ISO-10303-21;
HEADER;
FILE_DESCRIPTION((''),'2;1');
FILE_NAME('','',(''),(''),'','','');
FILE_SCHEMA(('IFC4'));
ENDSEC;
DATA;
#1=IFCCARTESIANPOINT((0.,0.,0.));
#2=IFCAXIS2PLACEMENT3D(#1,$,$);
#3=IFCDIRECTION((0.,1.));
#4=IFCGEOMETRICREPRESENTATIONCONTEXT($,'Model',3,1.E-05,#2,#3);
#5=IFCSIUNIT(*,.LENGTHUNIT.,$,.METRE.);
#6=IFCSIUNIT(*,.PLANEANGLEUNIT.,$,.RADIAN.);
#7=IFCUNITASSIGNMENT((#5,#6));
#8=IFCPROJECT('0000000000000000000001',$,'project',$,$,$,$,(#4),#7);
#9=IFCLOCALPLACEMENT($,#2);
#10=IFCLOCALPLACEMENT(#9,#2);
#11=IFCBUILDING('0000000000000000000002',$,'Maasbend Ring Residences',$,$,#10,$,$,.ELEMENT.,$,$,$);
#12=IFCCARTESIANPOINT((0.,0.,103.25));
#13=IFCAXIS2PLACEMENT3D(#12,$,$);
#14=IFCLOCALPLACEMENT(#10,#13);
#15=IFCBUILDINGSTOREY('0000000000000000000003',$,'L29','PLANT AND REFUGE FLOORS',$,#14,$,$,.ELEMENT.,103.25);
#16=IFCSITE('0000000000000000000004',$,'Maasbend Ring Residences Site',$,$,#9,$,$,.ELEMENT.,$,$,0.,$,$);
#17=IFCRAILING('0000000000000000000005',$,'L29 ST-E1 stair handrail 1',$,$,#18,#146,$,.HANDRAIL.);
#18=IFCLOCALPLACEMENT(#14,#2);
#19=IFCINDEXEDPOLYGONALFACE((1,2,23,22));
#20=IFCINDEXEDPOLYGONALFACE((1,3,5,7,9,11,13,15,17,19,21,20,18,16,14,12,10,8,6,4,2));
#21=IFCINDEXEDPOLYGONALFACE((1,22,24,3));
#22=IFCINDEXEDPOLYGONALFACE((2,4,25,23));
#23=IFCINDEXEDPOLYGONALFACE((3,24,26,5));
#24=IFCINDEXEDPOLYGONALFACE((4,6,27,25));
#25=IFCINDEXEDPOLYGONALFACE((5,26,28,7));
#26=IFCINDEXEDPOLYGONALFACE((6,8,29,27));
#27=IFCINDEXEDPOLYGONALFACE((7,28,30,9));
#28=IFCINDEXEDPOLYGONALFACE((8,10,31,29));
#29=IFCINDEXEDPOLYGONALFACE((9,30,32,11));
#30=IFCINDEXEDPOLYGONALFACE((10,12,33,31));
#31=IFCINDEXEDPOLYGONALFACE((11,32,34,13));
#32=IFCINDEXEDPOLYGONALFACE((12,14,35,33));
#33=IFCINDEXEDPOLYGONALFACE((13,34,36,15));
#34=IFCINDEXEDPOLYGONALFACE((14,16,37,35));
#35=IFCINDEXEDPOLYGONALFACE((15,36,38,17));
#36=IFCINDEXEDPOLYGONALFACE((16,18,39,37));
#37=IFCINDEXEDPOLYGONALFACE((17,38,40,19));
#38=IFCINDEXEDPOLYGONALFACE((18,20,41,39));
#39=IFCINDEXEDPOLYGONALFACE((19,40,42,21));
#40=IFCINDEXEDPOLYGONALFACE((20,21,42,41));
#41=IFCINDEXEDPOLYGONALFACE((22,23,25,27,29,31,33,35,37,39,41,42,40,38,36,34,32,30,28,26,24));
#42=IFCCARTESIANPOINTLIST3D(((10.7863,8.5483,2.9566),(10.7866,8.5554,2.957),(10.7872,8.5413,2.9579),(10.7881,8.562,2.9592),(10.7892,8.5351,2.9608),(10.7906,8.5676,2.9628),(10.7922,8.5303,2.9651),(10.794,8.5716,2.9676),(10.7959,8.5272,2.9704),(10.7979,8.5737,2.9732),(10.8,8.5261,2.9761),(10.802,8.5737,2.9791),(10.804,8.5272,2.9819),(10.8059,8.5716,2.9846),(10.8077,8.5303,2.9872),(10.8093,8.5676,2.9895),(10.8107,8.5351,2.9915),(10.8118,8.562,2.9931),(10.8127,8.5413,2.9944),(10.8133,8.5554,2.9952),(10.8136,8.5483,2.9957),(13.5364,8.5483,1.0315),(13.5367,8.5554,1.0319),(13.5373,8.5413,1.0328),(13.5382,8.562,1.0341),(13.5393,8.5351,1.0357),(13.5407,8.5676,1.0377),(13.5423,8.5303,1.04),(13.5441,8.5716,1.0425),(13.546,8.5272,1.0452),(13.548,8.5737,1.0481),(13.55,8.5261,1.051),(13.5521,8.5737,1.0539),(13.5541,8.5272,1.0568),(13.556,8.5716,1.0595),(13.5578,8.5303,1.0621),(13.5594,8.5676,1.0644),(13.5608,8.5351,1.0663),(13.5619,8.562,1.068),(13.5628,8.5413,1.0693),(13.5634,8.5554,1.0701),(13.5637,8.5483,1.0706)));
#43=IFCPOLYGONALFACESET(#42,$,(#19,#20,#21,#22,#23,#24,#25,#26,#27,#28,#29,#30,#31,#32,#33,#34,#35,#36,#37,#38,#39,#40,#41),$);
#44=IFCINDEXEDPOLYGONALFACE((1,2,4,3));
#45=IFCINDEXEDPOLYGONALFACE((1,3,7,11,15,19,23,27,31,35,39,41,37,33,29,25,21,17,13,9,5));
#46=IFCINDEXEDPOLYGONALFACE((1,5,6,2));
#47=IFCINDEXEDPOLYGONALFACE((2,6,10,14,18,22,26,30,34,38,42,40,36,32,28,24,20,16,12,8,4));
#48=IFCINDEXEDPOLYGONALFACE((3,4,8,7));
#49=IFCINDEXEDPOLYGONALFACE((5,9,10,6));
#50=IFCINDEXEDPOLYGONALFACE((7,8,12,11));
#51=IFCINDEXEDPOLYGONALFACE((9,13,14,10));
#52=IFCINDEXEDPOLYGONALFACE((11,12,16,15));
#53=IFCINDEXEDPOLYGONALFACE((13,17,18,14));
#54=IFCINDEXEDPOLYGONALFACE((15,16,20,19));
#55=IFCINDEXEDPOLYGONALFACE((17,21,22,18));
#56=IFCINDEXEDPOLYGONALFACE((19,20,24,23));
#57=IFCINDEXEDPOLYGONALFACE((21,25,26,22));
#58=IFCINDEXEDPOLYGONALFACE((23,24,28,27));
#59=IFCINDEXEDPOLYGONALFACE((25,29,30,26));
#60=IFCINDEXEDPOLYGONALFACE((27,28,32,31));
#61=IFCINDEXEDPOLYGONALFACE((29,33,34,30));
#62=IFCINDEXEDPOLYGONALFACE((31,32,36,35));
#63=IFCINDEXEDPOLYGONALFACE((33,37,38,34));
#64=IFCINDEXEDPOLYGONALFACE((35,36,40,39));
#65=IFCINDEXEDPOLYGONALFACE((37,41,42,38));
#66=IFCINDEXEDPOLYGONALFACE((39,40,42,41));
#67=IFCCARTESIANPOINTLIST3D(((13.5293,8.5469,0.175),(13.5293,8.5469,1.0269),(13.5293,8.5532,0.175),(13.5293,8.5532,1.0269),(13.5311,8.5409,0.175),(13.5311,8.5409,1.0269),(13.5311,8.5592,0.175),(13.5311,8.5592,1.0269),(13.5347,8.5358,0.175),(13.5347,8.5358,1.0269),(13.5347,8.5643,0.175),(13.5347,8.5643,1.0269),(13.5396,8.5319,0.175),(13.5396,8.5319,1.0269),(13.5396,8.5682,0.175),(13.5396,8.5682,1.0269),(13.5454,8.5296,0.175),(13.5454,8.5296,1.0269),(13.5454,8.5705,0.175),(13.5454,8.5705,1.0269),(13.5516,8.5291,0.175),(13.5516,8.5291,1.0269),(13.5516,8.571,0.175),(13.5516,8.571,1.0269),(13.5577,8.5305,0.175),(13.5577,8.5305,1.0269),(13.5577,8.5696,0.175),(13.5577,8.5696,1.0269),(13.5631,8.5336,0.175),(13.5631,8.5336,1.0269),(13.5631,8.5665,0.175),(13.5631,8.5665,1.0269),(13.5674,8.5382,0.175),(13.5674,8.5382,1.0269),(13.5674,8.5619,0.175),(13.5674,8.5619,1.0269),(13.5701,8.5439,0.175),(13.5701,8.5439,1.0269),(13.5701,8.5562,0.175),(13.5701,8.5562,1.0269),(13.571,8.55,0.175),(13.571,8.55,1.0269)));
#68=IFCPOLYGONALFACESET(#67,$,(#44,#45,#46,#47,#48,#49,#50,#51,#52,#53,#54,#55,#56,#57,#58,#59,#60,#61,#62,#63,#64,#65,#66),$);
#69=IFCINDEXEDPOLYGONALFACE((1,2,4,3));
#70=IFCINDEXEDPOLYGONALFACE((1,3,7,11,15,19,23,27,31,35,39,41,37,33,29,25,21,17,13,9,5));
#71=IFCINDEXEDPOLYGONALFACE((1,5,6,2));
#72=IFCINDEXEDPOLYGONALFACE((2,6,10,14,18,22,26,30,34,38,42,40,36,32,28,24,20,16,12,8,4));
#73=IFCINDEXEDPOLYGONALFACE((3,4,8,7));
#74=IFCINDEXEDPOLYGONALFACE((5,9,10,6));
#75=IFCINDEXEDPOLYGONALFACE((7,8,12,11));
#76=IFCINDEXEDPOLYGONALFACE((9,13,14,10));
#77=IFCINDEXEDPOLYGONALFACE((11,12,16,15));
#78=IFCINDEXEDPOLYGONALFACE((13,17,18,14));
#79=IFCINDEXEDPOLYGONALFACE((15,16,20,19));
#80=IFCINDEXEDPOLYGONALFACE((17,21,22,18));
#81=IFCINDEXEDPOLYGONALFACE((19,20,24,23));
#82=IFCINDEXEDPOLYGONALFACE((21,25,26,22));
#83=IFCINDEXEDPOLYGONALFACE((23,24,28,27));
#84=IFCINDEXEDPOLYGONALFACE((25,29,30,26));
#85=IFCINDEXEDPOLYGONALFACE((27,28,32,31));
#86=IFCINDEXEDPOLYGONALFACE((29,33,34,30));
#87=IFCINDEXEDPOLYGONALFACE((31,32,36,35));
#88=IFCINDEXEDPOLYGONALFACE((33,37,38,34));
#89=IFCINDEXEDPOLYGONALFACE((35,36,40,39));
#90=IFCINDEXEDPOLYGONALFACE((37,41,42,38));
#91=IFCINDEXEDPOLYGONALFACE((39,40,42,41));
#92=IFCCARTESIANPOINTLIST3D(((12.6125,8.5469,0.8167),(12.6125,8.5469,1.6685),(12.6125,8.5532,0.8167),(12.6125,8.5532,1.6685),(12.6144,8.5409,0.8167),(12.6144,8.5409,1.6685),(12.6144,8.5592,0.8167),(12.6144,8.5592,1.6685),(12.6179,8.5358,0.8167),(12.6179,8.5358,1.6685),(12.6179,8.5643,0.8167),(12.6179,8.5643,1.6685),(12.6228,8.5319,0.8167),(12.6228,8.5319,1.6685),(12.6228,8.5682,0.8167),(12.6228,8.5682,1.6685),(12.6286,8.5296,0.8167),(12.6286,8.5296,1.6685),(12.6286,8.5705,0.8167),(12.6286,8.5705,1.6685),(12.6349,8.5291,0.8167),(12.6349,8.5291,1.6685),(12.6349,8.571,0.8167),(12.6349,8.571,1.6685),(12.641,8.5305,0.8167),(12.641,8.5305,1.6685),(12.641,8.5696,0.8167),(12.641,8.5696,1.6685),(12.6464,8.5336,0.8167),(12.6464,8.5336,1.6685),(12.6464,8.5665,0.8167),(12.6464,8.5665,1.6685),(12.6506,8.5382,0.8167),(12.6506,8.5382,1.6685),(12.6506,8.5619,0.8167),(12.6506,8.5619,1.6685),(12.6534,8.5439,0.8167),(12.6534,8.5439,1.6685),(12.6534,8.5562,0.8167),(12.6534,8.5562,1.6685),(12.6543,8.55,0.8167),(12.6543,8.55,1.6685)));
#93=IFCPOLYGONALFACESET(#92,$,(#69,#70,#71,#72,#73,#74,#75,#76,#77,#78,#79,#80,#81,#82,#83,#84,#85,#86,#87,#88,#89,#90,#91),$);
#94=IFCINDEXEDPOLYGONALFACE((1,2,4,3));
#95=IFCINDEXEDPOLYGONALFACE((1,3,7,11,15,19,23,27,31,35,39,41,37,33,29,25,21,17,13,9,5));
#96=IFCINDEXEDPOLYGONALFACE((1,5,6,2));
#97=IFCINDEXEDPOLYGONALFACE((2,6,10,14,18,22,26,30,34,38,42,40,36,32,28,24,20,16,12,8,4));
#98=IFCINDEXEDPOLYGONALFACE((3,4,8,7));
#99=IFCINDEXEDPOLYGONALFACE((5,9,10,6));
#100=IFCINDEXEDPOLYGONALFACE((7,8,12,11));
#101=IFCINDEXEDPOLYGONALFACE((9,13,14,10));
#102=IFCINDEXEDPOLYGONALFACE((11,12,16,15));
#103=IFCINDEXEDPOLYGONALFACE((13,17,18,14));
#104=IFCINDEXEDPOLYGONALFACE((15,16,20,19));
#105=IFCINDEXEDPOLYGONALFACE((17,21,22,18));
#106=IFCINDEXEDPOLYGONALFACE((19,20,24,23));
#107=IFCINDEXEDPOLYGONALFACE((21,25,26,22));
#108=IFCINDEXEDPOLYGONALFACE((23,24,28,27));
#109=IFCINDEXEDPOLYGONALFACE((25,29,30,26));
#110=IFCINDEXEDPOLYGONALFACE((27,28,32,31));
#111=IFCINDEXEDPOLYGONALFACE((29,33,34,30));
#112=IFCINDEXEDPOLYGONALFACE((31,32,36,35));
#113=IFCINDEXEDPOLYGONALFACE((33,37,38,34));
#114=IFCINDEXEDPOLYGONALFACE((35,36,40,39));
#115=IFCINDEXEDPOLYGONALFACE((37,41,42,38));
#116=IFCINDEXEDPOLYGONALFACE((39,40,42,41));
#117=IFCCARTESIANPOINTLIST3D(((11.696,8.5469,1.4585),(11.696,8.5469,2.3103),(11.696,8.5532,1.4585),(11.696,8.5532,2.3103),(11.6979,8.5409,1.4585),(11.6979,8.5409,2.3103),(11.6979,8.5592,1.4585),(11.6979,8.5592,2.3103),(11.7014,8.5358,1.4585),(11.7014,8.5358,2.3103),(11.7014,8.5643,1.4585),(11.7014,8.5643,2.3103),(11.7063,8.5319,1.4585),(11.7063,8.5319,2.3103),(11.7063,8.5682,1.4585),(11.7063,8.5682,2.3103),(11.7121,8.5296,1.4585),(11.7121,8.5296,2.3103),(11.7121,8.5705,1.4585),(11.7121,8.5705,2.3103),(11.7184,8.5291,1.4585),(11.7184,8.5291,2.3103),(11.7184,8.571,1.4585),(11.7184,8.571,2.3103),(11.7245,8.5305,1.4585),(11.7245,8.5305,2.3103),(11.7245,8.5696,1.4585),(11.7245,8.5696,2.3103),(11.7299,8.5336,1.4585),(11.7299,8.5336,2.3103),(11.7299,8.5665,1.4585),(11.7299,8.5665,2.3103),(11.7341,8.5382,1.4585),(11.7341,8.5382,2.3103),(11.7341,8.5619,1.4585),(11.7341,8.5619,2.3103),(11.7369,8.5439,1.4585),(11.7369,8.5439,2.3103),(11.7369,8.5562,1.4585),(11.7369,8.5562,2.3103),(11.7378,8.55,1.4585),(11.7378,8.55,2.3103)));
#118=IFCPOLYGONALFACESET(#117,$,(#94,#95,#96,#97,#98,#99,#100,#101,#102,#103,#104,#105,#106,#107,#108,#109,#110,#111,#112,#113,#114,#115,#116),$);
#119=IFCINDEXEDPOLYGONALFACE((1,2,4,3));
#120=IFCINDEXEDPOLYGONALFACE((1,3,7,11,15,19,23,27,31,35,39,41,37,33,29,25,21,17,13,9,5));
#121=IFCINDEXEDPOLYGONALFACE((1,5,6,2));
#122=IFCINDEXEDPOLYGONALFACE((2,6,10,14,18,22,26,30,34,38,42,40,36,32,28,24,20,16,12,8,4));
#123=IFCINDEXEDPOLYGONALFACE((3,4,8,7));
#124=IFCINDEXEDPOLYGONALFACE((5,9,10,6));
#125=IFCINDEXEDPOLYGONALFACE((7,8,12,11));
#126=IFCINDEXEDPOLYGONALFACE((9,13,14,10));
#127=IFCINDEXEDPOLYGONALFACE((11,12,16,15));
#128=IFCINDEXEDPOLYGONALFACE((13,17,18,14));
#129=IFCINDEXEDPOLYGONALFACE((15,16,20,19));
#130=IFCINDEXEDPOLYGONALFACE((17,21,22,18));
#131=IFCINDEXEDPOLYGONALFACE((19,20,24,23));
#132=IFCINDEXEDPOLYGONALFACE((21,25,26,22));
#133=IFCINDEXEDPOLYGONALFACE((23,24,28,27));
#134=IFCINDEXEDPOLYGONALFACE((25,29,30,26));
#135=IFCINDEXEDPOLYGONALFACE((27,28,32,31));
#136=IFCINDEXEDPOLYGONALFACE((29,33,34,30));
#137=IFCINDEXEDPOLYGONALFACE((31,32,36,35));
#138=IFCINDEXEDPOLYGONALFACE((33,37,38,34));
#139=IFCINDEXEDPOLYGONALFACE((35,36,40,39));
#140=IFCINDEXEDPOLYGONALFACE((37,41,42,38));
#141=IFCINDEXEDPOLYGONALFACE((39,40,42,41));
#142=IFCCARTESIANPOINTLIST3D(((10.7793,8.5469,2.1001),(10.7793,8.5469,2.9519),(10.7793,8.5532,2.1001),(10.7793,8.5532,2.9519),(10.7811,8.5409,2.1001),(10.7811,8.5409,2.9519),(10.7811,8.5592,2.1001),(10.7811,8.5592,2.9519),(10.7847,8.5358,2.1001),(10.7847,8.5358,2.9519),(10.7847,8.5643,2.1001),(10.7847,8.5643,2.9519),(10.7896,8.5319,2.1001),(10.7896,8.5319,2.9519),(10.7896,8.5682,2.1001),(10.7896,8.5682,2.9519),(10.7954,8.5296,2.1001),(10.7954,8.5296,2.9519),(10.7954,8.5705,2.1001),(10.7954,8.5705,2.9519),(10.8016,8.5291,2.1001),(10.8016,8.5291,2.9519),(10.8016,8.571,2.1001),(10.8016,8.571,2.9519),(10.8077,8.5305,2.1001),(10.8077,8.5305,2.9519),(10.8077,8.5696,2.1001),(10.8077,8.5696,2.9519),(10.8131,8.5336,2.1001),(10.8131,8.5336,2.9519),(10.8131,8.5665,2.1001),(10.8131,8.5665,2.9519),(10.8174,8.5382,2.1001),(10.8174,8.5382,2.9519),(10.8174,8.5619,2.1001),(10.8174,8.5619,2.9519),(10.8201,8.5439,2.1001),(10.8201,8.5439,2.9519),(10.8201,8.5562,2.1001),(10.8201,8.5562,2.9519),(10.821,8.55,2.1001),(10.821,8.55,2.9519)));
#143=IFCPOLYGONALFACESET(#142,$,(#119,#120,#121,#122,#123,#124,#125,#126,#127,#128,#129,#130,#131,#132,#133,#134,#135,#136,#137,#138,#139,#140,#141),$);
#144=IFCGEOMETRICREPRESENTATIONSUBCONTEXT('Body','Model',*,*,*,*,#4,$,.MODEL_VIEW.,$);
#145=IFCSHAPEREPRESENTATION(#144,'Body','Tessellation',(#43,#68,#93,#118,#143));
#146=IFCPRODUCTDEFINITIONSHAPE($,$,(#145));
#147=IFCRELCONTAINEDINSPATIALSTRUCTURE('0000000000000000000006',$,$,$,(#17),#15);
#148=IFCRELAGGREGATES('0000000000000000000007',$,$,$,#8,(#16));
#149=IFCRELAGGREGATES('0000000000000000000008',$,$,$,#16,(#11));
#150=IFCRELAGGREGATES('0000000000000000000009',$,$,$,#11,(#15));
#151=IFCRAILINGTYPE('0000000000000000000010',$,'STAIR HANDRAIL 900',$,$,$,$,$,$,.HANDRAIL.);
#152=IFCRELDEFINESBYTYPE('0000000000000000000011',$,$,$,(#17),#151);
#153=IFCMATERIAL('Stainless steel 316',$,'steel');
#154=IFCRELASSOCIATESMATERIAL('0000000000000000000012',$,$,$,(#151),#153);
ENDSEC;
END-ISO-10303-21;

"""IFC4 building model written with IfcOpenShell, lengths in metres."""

from ifc_helpers import new_model, si_unit, direction, frame, origin, origin_2d, place, context, subcontext, project, spatial, circle, extrude, material, type_object, element, save


model = new_model("IFC4")

# Units and contexts
model_context = context("Model", 3, precision=1e-05, world=origin(), true_north=direction((0.0, 1.0)))
body_context = subcontext(model_context, "Body", "Model", "MODEL_VIEW")
ifc_project = project(units=[si_unit("LENGTHUNIT", "METRE"), si_unit("PLANEANGLEUNIT", "RADIAN")], contexts=[model_context])

# Site, building, storey
site_placement = place(None, origin())
site = spatial("IfcSite", under=ifc_project, at=site_placement, Name="Maasbend Ring Residences Site", CompositionType="ELEMENT", RefElevation=0.0)
building_placement = place(site_placement, origin())
building = spatial("IfcBuilding", under=site, at=building_placement, Name="Maasbend Ring Residences", CompositionType="ELEMENT")
storey_placement = place(building_placement, frame((0.0, 0.0, 103.25)))
storey = spatial("IfcBuildingStorey", under=building, at=storey_placement, Name="L29", Description="PLANT AND REFUGE FLOORS", CompositionType="ELEMENT", Elevation=103.25)

# Railing
ifc_material_1 = material(Name="Stainless steel 316", Category="steel")
railing_type_1 = type_object("IfcRailingType", Name="STAIR HANDRAIL 900", PredefinedType="HANDRAIL", material=ifc_material_1)
railing_1_placement = place(storey_placement, frame((13.55, 8.55, 0.175)))
element("IfcRailing", 1, at=railing_1_placement, inside=storey, type_object=railing_type_1, Name="L29 ST-E1 stair handrail 1", PredefinedType="HANDRAIL", context=body_context, shape_type="SweptSolid", body=[
    extrude(circle(Radius=0.0239, at=origin_2d()), frame((0.0, 0.0, 0.876), z_axis=(-0.819225, 0.0, 0.573472), x_axis=(0.0, -1.0, 0.0)), (0.0, 0.0, 1.0), 3.3569),
    extrude(circle(Radius=0.021, at=origin_2d()), origin(), (0.0, 0.0, 1.0), 0.8518),
    extrude(circle(Radius=0.021, at=origin_2d()), frame((-0.9167, 0.0, 0.6416)), (0.0, 0.0, 1.0), 0.8518),
    extrude(circle(Radius=0.021, at=origin_2d()), frame((-1.8333, 0.0, 1.2834)), (0.0, 0.0, 1.0), 0.8518),
    extrude(circle(Radius=0.021, at=origin_2d()), frame((-2.75, 0.0, 1.925)), (0.0, 0.0, 1.0), 0.8518),
])

save(model, "model.ifc")
